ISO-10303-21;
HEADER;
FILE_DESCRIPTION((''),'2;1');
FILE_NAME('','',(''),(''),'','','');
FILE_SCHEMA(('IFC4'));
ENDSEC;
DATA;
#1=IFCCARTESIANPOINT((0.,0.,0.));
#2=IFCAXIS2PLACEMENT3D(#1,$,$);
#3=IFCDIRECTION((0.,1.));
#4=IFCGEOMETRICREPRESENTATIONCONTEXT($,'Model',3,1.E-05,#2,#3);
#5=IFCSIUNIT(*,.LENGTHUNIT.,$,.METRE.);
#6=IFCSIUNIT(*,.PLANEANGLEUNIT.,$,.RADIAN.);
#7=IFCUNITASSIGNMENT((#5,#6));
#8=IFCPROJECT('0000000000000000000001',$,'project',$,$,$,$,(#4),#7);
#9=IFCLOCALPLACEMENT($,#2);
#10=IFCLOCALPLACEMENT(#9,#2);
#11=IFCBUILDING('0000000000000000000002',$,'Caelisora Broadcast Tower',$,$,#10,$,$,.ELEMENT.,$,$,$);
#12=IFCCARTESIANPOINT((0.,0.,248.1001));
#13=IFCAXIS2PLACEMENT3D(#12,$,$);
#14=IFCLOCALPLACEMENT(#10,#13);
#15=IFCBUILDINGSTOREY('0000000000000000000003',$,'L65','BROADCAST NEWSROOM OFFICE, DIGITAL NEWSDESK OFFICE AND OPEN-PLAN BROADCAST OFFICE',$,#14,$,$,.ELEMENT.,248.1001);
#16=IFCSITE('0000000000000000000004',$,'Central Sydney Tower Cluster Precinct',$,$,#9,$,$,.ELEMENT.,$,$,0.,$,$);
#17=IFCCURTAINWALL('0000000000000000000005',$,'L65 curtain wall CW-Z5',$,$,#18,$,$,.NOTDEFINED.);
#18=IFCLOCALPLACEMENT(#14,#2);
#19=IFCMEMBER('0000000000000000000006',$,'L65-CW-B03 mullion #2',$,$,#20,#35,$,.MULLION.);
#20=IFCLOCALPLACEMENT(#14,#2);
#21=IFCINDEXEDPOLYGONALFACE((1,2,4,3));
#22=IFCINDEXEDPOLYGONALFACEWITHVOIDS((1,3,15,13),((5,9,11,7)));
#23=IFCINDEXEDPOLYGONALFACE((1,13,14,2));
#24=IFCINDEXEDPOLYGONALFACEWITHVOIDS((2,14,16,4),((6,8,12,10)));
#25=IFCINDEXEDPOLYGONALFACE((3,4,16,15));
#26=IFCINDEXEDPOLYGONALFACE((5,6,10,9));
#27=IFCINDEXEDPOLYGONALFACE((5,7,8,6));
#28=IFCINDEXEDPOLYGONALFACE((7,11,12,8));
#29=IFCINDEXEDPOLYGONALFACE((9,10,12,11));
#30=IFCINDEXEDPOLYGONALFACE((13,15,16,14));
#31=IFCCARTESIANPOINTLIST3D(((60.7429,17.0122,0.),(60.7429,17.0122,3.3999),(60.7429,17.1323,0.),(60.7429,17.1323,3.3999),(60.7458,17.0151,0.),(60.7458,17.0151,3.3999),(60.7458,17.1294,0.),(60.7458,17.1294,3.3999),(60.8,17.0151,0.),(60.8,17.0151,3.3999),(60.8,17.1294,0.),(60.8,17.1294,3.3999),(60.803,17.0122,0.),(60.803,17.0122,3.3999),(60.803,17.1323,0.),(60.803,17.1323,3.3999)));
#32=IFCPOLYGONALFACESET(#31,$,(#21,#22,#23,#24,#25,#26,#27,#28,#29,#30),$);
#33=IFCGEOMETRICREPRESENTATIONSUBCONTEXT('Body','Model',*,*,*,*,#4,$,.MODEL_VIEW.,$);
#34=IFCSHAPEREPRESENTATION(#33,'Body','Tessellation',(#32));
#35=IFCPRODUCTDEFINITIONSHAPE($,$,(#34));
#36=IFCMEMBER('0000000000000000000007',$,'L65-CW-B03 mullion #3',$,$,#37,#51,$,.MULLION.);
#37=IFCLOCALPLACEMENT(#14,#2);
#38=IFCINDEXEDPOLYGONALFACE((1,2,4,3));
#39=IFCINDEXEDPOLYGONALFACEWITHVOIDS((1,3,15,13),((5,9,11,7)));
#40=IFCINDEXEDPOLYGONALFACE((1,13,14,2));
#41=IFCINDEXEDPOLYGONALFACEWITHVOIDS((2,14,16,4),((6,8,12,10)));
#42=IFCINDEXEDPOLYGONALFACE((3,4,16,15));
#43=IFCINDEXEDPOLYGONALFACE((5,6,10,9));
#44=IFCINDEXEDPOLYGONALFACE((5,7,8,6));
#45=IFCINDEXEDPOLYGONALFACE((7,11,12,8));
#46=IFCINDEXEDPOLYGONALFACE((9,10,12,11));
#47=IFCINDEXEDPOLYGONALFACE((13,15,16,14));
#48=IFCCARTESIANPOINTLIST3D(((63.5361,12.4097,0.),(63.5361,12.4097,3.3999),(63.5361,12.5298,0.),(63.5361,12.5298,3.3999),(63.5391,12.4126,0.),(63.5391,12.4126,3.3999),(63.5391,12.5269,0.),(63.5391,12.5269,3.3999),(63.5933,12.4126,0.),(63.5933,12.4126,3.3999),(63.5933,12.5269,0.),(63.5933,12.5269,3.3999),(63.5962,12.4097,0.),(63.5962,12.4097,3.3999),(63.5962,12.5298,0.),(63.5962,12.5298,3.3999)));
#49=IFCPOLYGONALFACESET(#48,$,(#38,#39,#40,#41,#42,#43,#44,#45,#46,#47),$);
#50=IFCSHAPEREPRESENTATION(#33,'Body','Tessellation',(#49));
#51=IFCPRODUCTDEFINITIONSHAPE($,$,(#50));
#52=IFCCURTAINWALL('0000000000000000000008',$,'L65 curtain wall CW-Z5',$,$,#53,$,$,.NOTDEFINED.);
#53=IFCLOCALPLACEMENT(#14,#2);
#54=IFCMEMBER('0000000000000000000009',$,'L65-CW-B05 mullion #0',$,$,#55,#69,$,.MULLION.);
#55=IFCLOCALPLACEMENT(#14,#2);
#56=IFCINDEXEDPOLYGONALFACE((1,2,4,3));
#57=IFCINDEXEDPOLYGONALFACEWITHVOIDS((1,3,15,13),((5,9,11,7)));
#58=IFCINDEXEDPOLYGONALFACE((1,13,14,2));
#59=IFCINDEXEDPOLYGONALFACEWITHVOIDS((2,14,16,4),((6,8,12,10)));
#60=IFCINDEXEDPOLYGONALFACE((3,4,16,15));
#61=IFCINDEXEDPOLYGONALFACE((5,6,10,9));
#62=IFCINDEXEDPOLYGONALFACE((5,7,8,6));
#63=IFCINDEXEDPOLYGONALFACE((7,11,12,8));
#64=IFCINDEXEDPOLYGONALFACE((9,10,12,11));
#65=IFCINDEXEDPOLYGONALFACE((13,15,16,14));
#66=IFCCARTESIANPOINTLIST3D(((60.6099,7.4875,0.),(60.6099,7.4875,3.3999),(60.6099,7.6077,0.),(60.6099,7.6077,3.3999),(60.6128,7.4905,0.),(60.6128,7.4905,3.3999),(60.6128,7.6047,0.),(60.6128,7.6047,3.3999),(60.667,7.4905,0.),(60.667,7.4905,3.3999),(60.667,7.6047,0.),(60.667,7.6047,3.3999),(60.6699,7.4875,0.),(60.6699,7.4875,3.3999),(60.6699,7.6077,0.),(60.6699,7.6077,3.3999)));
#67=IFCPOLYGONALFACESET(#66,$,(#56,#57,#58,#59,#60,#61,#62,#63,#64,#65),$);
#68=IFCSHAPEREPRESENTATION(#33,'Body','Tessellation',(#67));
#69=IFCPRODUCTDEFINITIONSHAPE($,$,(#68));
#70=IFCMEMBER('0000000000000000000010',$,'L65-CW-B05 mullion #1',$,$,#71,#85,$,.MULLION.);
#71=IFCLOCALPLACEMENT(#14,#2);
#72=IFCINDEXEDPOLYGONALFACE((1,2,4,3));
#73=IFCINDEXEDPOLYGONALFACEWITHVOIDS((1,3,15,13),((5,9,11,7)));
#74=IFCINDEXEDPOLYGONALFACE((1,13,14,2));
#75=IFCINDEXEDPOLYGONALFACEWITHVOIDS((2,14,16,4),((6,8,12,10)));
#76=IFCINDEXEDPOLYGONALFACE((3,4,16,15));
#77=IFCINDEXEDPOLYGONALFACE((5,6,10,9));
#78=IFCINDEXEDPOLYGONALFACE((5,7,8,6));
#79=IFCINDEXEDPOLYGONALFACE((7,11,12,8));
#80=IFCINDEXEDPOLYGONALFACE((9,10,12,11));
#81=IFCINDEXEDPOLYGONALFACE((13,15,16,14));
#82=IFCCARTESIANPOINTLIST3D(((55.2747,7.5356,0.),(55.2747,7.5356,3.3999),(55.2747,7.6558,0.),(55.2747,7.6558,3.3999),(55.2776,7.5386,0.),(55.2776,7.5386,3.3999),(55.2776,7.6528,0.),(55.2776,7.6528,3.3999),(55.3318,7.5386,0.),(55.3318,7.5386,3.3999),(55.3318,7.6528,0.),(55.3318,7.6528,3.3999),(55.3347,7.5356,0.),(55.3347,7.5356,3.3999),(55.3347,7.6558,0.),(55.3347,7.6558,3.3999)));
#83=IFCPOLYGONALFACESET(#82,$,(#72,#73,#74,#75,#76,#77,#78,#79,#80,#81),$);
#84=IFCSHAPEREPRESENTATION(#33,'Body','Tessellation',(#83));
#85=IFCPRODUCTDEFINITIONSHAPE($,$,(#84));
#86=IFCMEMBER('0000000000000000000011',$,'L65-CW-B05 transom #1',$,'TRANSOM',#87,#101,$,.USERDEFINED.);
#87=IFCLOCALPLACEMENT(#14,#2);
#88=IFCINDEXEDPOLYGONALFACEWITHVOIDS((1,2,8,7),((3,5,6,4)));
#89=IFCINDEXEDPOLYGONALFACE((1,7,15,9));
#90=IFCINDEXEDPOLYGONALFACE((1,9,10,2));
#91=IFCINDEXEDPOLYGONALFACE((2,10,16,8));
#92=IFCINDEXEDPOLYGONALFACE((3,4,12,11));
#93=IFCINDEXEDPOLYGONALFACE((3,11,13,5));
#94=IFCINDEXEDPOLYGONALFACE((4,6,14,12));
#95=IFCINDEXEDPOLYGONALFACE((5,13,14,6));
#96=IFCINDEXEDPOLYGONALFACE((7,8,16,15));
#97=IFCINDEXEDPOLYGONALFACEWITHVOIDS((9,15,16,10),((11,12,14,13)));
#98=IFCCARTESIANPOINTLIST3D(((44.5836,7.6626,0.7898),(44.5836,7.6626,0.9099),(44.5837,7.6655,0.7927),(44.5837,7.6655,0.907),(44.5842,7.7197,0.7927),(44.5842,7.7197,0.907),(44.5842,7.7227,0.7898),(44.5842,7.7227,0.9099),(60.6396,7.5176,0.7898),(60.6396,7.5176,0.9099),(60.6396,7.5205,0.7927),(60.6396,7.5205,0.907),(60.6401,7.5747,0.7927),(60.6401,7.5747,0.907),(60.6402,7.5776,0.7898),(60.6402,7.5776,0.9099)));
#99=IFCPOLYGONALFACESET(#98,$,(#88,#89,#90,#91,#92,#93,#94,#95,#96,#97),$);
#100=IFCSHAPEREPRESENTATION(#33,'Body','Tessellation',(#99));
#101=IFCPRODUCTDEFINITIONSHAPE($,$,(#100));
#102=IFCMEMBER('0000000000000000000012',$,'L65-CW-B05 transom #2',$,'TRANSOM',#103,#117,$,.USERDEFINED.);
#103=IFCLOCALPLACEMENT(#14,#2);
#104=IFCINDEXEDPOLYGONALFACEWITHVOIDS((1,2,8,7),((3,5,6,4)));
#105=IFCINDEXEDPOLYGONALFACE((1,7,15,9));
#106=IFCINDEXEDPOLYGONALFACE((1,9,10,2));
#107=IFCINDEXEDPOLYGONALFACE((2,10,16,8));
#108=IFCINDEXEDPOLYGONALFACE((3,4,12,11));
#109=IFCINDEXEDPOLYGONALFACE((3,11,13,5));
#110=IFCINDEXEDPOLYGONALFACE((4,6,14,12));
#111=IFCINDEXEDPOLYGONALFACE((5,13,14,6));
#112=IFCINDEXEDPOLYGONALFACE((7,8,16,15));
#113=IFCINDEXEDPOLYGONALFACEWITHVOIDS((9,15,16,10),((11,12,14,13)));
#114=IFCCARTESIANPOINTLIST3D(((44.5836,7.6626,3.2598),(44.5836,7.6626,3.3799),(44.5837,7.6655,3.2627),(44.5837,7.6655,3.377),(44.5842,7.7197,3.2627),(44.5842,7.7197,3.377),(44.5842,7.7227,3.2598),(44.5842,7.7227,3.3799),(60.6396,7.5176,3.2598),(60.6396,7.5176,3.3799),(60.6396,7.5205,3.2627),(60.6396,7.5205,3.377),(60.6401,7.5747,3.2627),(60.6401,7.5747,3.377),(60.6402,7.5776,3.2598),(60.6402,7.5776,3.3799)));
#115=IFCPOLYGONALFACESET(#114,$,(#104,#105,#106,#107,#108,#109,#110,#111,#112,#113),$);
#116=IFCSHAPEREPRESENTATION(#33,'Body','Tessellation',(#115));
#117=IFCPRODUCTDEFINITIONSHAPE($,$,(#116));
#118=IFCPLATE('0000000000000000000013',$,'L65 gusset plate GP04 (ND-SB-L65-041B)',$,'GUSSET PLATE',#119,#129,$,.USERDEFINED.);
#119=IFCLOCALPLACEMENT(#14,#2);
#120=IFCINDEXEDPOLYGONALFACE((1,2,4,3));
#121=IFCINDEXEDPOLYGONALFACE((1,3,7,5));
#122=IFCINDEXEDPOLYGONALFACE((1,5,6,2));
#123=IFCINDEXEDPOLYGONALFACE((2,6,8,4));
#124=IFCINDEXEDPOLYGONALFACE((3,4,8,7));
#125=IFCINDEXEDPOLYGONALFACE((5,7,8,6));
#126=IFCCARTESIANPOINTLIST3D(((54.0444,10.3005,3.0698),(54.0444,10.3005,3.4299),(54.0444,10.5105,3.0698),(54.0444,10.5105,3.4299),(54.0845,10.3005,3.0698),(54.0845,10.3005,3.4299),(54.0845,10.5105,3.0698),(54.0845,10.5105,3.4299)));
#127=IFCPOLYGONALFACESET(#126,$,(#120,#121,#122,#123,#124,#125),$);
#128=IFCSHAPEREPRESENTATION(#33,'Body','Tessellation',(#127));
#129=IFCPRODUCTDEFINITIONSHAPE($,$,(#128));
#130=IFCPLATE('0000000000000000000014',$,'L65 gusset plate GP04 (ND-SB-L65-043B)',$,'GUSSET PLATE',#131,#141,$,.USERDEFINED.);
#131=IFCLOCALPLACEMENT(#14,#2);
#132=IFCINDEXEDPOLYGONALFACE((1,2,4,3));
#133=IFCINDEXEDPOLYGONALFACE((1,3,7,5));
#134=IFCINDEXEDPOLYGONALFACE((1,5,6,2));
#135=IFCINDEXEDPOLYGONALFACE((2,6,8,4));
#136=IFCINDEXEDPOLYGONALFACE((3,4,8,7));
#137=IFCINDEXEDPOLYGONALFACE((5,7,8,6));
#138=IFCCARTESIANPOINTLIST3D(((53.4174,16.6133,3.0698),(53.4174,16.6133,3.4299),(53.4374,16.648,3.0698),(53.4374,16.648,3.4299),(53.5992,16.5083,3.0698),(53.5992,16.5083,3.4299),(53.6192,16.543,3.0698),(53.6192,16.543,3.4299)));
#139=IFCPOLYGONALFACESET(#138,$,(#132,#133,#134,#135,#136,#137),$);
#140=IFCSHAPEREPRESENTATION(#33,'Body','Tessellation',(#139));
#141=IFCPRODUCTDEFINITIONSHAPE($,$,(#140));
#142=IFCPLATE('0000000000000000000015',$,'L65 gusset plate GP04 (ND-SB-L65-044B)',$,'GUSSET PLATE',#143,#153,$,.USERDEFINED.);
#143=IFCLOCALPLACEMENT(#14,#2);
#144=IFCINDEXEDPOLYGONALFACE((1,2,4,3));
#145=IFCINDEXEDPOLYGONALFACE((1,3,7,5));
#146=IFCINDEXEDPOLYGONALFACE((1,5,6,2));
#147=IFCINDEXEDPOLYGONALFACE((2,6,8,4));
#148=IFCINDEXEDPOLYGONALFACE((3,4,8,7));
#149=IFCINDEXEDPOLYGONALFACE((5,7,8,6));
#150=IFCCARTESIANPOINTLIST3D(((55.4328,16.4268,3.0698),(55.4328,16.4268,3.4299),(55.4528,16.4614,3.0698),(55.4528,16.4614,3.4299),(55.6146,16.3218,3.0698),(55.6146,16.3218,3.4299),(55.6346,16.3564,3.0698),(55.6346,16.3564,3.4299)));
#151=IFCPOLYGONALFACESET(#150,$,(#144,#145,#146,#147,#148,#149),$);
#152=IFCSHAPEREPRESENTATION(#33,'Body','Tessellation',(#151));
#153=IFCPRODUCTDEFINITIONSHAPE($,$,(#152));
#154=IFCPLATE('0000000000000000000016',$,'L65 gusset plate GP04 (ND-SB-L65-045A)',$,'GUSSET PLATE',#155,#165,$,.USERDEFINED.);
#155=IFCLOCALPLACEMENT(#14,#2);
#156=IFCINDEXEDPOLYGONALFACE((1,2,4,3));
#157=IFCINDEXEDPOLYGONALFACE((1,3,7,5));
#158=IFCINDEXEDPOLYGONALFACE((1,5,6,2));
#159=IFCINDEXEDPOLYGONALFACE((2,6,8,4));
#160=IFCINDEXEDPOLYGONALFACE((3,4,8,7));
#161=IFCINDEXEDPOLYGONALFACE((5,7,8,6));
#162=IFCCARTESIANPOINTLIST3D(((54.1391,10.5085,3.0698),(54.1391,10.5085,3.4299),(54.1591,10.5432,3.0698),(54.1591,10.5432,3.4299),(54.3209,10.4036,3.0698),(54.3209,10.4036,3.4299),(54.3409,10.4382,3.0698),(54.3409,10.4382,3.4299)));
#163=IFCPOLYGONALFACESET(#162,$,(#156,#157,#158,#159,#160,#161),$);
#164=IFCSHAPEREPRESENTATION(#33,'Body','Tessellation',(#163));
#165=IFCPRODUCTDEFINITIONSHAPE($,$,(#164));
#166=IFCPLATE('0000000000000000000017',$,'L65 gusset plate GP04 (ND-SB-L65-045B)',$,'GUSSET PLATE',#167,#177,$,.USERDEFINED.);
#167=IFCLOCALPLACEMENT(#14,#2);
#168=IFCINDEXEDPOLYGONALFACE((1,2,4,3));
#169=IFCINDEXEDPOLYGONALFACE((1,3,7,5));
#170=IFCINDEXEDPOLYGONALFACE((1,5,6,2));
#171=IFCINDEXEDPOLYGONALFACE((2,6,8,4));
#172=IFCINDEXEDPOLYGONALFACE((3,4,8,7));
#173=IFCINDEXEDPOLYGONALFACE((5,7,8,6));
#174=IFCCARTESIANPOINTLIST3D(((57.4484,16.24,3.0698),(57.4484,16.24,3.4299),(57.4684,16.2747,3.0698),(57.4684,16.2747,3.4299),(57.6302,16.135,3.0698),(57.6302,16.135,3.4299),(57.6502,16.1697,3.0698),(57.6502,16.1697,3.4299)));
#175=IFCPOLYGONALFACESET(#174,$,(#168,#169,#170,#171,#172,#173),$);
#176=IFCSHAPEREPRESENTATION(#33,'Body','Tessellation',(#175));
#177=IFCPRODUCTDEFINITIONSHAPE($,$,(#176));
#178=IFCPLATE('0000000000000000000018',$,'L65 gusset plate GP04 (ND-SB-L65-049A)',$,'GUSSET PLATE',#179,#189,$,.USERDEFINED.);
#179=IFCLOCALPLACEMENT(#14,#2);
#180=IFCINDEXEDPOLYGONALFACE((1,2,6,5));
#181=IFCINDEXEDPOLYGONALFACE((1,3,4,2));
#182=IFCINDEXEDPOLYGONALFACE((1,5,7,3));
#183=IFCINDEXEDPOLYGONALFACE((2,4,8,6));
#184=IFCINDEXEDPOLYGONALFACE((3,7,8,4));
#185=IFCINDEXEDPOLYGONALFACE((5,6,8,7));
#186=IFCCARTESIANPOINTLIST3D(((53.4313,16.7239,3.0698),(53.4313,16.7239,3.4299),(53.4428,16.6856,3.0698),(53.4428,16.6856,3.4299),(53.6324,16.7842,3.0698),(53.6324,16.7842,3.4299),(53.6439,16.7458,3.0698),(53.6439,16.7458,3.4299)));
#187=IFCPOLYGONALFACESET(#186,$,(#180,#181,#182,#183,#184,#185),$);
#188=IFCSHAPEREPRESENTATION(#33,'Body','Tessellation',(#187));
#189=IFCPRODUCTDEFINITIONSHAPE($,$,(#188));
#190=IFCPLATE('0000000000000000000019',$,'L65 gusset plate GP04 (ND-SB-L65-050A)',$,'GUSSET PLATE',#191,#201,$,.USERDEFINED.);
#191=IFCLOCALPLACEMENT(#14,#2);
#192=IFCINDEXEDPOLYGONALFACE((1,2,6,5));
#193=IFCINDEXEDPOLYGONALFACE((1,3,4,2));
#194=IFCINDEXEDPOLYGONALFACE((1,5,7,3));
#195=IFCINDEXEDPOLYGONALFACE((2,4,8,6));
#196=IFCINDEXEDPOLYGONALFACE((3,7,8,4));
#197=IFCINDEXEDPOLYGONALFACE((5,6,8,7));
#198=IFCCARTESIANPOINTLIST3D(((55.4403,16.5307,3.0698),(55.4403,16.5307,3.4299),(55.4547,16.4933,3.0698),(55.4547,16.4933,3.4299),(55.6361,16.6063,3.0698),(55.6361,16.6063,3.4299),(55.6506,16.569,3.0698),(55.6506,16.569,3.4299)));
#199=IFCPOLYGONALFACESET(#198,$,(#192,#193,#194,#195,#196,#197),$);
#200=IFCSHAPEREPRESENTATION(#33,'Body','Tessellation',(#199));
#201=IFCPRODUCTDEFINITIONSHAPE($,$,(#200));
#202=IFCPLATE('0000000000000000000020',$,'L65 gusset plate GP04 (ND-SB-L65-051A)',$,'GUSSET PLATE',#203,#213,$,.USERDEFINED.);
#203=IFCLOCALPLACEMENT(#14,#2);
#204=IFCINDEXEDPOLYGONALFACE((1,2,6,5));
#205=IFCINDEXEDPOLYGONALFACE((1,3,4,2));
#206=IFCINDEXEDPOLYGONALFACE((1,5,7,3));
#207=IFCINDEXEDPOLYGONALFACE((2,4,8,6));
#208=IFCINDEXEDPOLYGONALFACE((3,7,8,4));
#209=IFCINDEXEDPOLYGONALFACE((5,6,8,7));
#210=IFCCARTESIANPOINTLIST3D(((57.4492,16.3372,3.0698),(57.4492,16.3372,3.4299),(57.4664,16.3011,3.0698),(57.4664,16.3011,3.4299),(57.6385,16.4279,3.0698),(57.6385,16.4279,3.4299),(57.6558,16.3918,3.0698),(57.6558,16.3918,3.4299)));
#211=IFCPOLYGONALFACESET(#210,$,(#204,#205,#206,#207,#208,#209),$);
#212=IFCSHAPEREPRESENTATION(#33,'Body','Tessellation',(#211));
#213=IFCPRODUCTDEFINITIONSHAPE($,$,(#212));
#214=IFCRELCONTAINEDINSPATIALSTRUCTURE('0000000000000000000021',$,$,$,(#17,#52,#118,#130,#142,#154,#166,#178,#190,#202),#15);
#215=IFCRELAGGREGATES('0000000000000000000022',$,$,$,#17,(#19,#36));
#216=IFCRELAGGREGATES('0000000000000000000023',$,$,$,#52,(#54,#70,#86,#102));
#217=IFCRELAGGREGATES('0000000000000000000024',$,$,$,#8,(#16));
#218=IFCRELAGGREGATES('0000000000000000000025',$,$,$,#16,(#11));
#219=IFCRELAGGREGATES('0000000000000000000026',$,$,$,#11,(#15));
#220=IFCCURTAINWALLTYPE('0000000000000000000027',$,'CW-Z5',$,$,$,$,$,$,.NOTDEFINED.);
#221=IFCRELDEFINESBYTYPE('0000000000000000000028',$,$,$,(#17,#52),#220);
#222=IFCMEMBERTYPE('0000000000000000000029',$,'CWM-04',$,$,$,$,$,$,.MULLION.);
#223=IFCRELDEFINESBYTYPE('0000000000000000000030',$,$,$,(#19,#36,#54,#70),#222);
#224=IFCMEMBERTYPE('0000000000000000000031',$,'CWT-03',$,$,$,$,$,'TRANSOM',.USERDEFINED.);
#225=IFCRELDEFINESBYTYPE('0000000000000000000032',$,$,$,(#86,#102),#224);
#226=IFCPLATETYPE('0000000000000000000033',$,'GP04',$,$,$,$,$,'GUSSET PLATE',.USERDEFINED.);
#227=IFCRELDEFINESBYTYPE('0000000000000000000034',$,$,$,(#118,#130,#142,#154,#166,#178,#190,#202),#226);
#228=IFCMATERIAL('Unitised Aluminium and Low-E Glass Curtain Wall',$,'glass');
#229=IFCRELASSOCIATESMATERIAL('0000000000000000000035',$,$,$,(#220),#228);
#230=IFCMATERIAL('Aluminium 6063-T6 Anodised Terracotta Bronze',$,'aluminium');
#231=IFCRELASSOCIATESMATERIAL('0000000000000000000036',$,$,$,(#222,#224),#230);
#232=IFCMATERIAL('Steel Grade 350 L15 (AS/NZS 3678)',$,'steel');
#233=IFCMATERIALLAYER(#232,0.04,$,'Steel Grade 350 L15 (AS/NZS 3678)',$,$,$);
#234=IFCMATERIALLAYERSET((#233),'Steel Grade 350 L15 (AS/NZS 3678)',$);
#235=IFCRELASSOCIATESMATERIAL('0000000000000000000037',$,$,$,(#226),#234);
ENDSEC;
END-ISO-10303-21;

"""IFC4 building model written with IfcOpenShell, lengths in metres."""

from ifc_helpers import new_model, si_unit, direction, frame, origin, origin_2d, place, context, subcontext, project, spatial, rectangle, hollow_rectangle, extrude, source, transform, mapped, material, layer, layer_set, material_profile, profile_set, type_object, type_shapes, element, aggregate, save


model = new_model("IFC4")

# Units and contexts
model_context = context("Model", 3, precision=1e-05, world=origin(), true_north=direction((0.0, 1.0)))
body_context = subcontext(model_context, "Body", "Model", "MODEL_VIEW")
ifc_project = project(units=[si_unit("LENGTHUNIT", "METRE"), si_unit("PLANEANGLEUNIT", "RADIAN")], contexts=[model_context])

# Site, building, storey
site_placement = place(None, origin())
site = spatial("IfcSite", under=ifc_project, at=site_placement, Name="Central Sydney Tower Cluster Precinct", CompositionType="ELEMENT", RefElevation=0.0)
building_placement = place(site_placement, origin())
building = spatial("IfcBuilding", under=site, at=building_placement, Name="Caelisora Broadcast Tower", CompositionType="ELEMENT")
storey_placement = place(building_placement, frame((0.0, 0.0, 248.1001)))
storey = spatial("IfcBuildingStorey", under=building, at=storey_placement, Name="L65", Description="BROADCAST NEWSROOM OFFICE, DIGITAL NEWSDESK OFFICE AND OPEN-PLAN BROADCAST OFFICE", CompositionType="ELEMENT", Elevation=248.1001)

# Shared definitions
ifc_material_1 = material(Name="Steel Grade 350 L15 (AS/NZS 3678)", Category="steel")

# Curtain walls, members
ifc_material_2 = material(Name="Unitised Aluminium and Low-E Glass Curtain Wall", Category="glass")
curtain_wall_type = type_object("IfcCurtainWallType", Name="CW-Z5", PredefinedType="NOTDEFINED", material=ifc_material_2)
curtain_wall_1_placement = place(storey_placement, origin())
curtain_wall_1 = element("IfcCurtainWall", 1, at=curtain_wall_1_placement, inside=storey, type_object=curtain_wall_type, Name="L65 curtain wall CW-Z5", PredefinedType="NOTDEFINED")
ifc_material_3 = material(Name="Aluminium 6063-T6 Anodised Terracotta Bronze", Category="aluminium")
ifc_material_profile_1 = material_profile(ifc_material_3, hollow_rectangle(XDim=0.0601, YDim=0.1201, WallThickness=0.0029, at=origin_2d()), Name="Aluminium 6063-T6 Anodised Terracotta Bronze")
ifc_profile_set_1 = profile_set([ifc_material_profile_1], Name="Aluminium 6063-T6 Anodised Terracotta Bronze")
member_type_1 = type_object("IfcMemberType", Name="CWM-04", PredefinedType="MULLION", material=ifc_profile_set_1)
shared_shape_1 = source(origin(), body_context, "Body", "SweptSolid", [
    extrude(hollow_rectangle(XDim=0.0601, YDim=0.1201, WallThickness=0.0029, at=origin_2d()), origin(), (0.0, 0.0, 1.0), 3.3999),
])
type_shapes(member_type_1, [shared_shape_1])
member_1_placement = place(storey_placement, frame((60.7729, 17.0723, 0.0), z_axis=(0.0, 0.0, 1.0), x_axis=(1.0, 0.0, 0.0)))
member_1 = element("IfcMember", 2, at=member_1_placement, type_object=member_type_1, Name="L65-CW-B03 mullion #2", PredefinedType="MULLION", context=body_context, shape_type="MappedRepresentation", body=[
    mapped(shared_shape_1, transform((0.0, 0.0, 0.0), scale=1.0)),
])
member_2_placement = place(storey_placement, frame((63.5662, 12.4697, 0.0), z_axis=(0.0, 0.0, 1.0), x_axis=(1.0, 0.0, 0.0)))
member_2 = element("IfcMember", 3, at=member_2_placement, type_object=member_type_1, Name="L65-CW-B03 mullion #3", PredefinedType="MULLION", context=body_context, shape_type="MappedRepresentation", body=[
    mapped(shared_shape_1, transform((0.0, 0.0, 0.0), scale=1.0)),
])
curtain_wall_2_placement = place(storey_placement, origin())
curtain_wall_2 = element("IfcCurtainWall", 4, at=curtain_wall_2_placement, inside=storey, type_object=curtain_wall_type, Name="L65 curtain wall CW-Z5", PredefinedType="NOTDEFINED")
member_3_placement = place(storey_placement, frame((60.6399, 7.5476, 0.0), z_axis=(0.0, 0.0, 1.0), x_axis=(1.0, 0.0, 0.0)))
member_3 = element("IfcMember", 5, at=member_3_placement, type_object=member_type_1, Name="L65-CW-B05 mullion #0", PredefinedType="MULLION", context=body_context, shape_type="MappedRepresentation", body=[
    mapped(shared_shape_1, transform((0.0, 0.0, 0.0), scale=1.0)),
])
member_4_placement = place(storey_placement, frame((55.3047, 7.5957, 0.0), z_axis=(0.0, 0.0, 1.0), x_axis=(1.0, 0.0, 0.0)))
member_4 = element("IfcMember", 6, at=member_4_placement, type_object=member_type_1, Name="L65-CW-B05 mullion #1", PredefinedType="MULLION", context=body_context, shape_type="MappedRepresentation", body=[
    mapped(shared_shape_1, transform((0.0, 0.0, 0.0), scale=1.0)),
])
ifc_material_profile_2 = material_profile(ifc_material_3, hollow_rectangle(XDim=0.0601, YDim=0.1201, WallThickness=0.0029, at=origin_2d()), Name="Aluminium 6063-T6 Anodised Terracotta Bronze")
ifc_profile_set_2 = profile_set([ifc_material_profile_2], Name="Aluminium 6063-T6 Anodised Terracotta Bronze")
member_type_2 = type_object("IfcMemberType", Name="CWT-03", ElementType="TRANSOM", PredefinedType="USERDEFINED", material=ifc_profile_set_2)
shared_shape_2 = source(origin(), body_context, "Body", "SweptSolid", [
    extrude(hollow_rectangle(XDim=0.0601, YDim=0.1201, WallThickness=0.0029, at=origin_2d()), origin(), (0.0, 0.0, 1.0), 16.0566),
])
type_shapes(member_type_2, [shared_shape_2])
member_5_placement = place(storey_placement, frame((60.6399, 7.5476, 0.8499), z_axis=(-0.999959, 0.009032, 0.0), x_axis=(-0.009032, -0.999959, 0.0)))
member_5 = element("IfcMember", 7, at=member_5_placement, type_object=member_type_2, Name="L65-CW-B05 transom #1", ObjectType="TRANSOM", PredefinedType="USERDEFINED", context=body_context, shape_type="MappedRepresentation", body=[
    mapped(shared_shape_2, transform((0.0, 0.0, 0.0), scale=1.0)),
])
member_6_placement = place(storey_placement, frame((60.6399, 7.5476, 3.3198), z_axis=(-0.999959, 0.009032, 0.0), x_axis=(-0.009032, -0.999959, 0.0)))
member_6 = element("IfcMember", 8, at=member_6_placement, type_object=member_type_2, Name="L65-CW-B05 transom #2", ObjectType="TRANSOM", PredefinedType="USERDEFINED", context=body_context, shape_type="MappedRepresentation", body=[
    mapped(shared_shape_2, transform((0.0, 0.0, 0.0), scale=1.0)),
])

# Plates
ifc_layer_1 = layer(ifc_material_1, 0.04, Name="Steel Grade 350 L15 (AS/NZS 3678)")
ifc_layer_set_1 = layer_set([ifc_layer_1], Name="Steel Grade 350 L15 (AS/NZS 3678)")
plate_type_1 = type_object("IfcPlateType", Name="GP04", ElementType="GUSSET PLATE", PredefinedType="USERDEFINED", material=ifc_layer_set_1)
shared_shape_3 = source(origin(), body_context, "Body", "SweptSolid", [
    extrude(rectangle(XDim=0.21, YDim=0.04, at=origin_2d()), origin(), (0.0, 0.0, 1.0), 0.3601),
])
type_shapes(plate_type_1, [shared_shape_3])
for number, where, z_axis, x_axis, name in (
    (9, (54.0645, 10.4055, 3.0698), (0.0, 0.0, 1.0), (0.0, 1.0, 0.0), "L65 gusset plate GP04 (ND-SB-L65-041B)"),
    (10, (53.5183, 16.5781, 3.0698), (0.0, 0.0, 1.0), (-0.866025, 0.5, 0.0), "L65 gusset plate GP04 (ND-SB-L65-043B)"),
    (11, (55.5337, 16.3916, 3.0698), (0.0, 0.0, 1.0), (-0.866025, 0.5, 0.0), "L65 gusset plate GP04 (ND-SB-L65-044B)"),
    (12, (54.24, 10.4734, 3.0698), (0.0, 0.0, 1.0), (-0.866025, 0.5, 0.0), "L65 gusset plate GP04 (ND-SB-L65-045A)"),
    (13, (57.5493, 16.2048, 3.0698), (0.0, 0.0, 1.0), (-0.866025, 0.5, 0.0), "L65 gusset plate GP04 (ND-SB-L65-045B)"),
    (14, (53.5376, 16.7349, 3.0698), (0.0, 0.0, 1.0), (-0.957923, -0.287026, 0.0), "L65 gusset plate GP04 (ND-SB-L65-049A)"),
    (15, (55.5454, 16.5498, 3.0698), (0.0, 0.0, 1.0), (-0.932828, -0.360322, 0.0), "L65 gusset plate GP04 (ND-SB-L65-050A)"),
    (16, (57.5525, 16.3645, 3.0698), (0.0, 0.0, 1.0), (-0.901983, -0.431771, 0.0), "L65 gusset plate GP04 (ND-SB-L65-051A)"),
):
    element("IfcPlate", number, at=place(storey_placement, frame(where, z_axis=z_axis, x_axis=x_axis)), inside=storey, type_object=plate_type_1, Name=name, ObjectType="GUSSET PLATE", PredefinedType="USERDEFINED", context=body_context, shape_type="MappedRepresentation", body=[
        mapped(shared_shape_3, transform((0.0, 0.0, 0.0), scale=1.0)),
    ])

aggregate(curtain_wall_1, [member_1, member_2])
aggregate(curtain_wall_2, [member_3, member_4, member_5, member_6])

save(model, "model.ifc")
